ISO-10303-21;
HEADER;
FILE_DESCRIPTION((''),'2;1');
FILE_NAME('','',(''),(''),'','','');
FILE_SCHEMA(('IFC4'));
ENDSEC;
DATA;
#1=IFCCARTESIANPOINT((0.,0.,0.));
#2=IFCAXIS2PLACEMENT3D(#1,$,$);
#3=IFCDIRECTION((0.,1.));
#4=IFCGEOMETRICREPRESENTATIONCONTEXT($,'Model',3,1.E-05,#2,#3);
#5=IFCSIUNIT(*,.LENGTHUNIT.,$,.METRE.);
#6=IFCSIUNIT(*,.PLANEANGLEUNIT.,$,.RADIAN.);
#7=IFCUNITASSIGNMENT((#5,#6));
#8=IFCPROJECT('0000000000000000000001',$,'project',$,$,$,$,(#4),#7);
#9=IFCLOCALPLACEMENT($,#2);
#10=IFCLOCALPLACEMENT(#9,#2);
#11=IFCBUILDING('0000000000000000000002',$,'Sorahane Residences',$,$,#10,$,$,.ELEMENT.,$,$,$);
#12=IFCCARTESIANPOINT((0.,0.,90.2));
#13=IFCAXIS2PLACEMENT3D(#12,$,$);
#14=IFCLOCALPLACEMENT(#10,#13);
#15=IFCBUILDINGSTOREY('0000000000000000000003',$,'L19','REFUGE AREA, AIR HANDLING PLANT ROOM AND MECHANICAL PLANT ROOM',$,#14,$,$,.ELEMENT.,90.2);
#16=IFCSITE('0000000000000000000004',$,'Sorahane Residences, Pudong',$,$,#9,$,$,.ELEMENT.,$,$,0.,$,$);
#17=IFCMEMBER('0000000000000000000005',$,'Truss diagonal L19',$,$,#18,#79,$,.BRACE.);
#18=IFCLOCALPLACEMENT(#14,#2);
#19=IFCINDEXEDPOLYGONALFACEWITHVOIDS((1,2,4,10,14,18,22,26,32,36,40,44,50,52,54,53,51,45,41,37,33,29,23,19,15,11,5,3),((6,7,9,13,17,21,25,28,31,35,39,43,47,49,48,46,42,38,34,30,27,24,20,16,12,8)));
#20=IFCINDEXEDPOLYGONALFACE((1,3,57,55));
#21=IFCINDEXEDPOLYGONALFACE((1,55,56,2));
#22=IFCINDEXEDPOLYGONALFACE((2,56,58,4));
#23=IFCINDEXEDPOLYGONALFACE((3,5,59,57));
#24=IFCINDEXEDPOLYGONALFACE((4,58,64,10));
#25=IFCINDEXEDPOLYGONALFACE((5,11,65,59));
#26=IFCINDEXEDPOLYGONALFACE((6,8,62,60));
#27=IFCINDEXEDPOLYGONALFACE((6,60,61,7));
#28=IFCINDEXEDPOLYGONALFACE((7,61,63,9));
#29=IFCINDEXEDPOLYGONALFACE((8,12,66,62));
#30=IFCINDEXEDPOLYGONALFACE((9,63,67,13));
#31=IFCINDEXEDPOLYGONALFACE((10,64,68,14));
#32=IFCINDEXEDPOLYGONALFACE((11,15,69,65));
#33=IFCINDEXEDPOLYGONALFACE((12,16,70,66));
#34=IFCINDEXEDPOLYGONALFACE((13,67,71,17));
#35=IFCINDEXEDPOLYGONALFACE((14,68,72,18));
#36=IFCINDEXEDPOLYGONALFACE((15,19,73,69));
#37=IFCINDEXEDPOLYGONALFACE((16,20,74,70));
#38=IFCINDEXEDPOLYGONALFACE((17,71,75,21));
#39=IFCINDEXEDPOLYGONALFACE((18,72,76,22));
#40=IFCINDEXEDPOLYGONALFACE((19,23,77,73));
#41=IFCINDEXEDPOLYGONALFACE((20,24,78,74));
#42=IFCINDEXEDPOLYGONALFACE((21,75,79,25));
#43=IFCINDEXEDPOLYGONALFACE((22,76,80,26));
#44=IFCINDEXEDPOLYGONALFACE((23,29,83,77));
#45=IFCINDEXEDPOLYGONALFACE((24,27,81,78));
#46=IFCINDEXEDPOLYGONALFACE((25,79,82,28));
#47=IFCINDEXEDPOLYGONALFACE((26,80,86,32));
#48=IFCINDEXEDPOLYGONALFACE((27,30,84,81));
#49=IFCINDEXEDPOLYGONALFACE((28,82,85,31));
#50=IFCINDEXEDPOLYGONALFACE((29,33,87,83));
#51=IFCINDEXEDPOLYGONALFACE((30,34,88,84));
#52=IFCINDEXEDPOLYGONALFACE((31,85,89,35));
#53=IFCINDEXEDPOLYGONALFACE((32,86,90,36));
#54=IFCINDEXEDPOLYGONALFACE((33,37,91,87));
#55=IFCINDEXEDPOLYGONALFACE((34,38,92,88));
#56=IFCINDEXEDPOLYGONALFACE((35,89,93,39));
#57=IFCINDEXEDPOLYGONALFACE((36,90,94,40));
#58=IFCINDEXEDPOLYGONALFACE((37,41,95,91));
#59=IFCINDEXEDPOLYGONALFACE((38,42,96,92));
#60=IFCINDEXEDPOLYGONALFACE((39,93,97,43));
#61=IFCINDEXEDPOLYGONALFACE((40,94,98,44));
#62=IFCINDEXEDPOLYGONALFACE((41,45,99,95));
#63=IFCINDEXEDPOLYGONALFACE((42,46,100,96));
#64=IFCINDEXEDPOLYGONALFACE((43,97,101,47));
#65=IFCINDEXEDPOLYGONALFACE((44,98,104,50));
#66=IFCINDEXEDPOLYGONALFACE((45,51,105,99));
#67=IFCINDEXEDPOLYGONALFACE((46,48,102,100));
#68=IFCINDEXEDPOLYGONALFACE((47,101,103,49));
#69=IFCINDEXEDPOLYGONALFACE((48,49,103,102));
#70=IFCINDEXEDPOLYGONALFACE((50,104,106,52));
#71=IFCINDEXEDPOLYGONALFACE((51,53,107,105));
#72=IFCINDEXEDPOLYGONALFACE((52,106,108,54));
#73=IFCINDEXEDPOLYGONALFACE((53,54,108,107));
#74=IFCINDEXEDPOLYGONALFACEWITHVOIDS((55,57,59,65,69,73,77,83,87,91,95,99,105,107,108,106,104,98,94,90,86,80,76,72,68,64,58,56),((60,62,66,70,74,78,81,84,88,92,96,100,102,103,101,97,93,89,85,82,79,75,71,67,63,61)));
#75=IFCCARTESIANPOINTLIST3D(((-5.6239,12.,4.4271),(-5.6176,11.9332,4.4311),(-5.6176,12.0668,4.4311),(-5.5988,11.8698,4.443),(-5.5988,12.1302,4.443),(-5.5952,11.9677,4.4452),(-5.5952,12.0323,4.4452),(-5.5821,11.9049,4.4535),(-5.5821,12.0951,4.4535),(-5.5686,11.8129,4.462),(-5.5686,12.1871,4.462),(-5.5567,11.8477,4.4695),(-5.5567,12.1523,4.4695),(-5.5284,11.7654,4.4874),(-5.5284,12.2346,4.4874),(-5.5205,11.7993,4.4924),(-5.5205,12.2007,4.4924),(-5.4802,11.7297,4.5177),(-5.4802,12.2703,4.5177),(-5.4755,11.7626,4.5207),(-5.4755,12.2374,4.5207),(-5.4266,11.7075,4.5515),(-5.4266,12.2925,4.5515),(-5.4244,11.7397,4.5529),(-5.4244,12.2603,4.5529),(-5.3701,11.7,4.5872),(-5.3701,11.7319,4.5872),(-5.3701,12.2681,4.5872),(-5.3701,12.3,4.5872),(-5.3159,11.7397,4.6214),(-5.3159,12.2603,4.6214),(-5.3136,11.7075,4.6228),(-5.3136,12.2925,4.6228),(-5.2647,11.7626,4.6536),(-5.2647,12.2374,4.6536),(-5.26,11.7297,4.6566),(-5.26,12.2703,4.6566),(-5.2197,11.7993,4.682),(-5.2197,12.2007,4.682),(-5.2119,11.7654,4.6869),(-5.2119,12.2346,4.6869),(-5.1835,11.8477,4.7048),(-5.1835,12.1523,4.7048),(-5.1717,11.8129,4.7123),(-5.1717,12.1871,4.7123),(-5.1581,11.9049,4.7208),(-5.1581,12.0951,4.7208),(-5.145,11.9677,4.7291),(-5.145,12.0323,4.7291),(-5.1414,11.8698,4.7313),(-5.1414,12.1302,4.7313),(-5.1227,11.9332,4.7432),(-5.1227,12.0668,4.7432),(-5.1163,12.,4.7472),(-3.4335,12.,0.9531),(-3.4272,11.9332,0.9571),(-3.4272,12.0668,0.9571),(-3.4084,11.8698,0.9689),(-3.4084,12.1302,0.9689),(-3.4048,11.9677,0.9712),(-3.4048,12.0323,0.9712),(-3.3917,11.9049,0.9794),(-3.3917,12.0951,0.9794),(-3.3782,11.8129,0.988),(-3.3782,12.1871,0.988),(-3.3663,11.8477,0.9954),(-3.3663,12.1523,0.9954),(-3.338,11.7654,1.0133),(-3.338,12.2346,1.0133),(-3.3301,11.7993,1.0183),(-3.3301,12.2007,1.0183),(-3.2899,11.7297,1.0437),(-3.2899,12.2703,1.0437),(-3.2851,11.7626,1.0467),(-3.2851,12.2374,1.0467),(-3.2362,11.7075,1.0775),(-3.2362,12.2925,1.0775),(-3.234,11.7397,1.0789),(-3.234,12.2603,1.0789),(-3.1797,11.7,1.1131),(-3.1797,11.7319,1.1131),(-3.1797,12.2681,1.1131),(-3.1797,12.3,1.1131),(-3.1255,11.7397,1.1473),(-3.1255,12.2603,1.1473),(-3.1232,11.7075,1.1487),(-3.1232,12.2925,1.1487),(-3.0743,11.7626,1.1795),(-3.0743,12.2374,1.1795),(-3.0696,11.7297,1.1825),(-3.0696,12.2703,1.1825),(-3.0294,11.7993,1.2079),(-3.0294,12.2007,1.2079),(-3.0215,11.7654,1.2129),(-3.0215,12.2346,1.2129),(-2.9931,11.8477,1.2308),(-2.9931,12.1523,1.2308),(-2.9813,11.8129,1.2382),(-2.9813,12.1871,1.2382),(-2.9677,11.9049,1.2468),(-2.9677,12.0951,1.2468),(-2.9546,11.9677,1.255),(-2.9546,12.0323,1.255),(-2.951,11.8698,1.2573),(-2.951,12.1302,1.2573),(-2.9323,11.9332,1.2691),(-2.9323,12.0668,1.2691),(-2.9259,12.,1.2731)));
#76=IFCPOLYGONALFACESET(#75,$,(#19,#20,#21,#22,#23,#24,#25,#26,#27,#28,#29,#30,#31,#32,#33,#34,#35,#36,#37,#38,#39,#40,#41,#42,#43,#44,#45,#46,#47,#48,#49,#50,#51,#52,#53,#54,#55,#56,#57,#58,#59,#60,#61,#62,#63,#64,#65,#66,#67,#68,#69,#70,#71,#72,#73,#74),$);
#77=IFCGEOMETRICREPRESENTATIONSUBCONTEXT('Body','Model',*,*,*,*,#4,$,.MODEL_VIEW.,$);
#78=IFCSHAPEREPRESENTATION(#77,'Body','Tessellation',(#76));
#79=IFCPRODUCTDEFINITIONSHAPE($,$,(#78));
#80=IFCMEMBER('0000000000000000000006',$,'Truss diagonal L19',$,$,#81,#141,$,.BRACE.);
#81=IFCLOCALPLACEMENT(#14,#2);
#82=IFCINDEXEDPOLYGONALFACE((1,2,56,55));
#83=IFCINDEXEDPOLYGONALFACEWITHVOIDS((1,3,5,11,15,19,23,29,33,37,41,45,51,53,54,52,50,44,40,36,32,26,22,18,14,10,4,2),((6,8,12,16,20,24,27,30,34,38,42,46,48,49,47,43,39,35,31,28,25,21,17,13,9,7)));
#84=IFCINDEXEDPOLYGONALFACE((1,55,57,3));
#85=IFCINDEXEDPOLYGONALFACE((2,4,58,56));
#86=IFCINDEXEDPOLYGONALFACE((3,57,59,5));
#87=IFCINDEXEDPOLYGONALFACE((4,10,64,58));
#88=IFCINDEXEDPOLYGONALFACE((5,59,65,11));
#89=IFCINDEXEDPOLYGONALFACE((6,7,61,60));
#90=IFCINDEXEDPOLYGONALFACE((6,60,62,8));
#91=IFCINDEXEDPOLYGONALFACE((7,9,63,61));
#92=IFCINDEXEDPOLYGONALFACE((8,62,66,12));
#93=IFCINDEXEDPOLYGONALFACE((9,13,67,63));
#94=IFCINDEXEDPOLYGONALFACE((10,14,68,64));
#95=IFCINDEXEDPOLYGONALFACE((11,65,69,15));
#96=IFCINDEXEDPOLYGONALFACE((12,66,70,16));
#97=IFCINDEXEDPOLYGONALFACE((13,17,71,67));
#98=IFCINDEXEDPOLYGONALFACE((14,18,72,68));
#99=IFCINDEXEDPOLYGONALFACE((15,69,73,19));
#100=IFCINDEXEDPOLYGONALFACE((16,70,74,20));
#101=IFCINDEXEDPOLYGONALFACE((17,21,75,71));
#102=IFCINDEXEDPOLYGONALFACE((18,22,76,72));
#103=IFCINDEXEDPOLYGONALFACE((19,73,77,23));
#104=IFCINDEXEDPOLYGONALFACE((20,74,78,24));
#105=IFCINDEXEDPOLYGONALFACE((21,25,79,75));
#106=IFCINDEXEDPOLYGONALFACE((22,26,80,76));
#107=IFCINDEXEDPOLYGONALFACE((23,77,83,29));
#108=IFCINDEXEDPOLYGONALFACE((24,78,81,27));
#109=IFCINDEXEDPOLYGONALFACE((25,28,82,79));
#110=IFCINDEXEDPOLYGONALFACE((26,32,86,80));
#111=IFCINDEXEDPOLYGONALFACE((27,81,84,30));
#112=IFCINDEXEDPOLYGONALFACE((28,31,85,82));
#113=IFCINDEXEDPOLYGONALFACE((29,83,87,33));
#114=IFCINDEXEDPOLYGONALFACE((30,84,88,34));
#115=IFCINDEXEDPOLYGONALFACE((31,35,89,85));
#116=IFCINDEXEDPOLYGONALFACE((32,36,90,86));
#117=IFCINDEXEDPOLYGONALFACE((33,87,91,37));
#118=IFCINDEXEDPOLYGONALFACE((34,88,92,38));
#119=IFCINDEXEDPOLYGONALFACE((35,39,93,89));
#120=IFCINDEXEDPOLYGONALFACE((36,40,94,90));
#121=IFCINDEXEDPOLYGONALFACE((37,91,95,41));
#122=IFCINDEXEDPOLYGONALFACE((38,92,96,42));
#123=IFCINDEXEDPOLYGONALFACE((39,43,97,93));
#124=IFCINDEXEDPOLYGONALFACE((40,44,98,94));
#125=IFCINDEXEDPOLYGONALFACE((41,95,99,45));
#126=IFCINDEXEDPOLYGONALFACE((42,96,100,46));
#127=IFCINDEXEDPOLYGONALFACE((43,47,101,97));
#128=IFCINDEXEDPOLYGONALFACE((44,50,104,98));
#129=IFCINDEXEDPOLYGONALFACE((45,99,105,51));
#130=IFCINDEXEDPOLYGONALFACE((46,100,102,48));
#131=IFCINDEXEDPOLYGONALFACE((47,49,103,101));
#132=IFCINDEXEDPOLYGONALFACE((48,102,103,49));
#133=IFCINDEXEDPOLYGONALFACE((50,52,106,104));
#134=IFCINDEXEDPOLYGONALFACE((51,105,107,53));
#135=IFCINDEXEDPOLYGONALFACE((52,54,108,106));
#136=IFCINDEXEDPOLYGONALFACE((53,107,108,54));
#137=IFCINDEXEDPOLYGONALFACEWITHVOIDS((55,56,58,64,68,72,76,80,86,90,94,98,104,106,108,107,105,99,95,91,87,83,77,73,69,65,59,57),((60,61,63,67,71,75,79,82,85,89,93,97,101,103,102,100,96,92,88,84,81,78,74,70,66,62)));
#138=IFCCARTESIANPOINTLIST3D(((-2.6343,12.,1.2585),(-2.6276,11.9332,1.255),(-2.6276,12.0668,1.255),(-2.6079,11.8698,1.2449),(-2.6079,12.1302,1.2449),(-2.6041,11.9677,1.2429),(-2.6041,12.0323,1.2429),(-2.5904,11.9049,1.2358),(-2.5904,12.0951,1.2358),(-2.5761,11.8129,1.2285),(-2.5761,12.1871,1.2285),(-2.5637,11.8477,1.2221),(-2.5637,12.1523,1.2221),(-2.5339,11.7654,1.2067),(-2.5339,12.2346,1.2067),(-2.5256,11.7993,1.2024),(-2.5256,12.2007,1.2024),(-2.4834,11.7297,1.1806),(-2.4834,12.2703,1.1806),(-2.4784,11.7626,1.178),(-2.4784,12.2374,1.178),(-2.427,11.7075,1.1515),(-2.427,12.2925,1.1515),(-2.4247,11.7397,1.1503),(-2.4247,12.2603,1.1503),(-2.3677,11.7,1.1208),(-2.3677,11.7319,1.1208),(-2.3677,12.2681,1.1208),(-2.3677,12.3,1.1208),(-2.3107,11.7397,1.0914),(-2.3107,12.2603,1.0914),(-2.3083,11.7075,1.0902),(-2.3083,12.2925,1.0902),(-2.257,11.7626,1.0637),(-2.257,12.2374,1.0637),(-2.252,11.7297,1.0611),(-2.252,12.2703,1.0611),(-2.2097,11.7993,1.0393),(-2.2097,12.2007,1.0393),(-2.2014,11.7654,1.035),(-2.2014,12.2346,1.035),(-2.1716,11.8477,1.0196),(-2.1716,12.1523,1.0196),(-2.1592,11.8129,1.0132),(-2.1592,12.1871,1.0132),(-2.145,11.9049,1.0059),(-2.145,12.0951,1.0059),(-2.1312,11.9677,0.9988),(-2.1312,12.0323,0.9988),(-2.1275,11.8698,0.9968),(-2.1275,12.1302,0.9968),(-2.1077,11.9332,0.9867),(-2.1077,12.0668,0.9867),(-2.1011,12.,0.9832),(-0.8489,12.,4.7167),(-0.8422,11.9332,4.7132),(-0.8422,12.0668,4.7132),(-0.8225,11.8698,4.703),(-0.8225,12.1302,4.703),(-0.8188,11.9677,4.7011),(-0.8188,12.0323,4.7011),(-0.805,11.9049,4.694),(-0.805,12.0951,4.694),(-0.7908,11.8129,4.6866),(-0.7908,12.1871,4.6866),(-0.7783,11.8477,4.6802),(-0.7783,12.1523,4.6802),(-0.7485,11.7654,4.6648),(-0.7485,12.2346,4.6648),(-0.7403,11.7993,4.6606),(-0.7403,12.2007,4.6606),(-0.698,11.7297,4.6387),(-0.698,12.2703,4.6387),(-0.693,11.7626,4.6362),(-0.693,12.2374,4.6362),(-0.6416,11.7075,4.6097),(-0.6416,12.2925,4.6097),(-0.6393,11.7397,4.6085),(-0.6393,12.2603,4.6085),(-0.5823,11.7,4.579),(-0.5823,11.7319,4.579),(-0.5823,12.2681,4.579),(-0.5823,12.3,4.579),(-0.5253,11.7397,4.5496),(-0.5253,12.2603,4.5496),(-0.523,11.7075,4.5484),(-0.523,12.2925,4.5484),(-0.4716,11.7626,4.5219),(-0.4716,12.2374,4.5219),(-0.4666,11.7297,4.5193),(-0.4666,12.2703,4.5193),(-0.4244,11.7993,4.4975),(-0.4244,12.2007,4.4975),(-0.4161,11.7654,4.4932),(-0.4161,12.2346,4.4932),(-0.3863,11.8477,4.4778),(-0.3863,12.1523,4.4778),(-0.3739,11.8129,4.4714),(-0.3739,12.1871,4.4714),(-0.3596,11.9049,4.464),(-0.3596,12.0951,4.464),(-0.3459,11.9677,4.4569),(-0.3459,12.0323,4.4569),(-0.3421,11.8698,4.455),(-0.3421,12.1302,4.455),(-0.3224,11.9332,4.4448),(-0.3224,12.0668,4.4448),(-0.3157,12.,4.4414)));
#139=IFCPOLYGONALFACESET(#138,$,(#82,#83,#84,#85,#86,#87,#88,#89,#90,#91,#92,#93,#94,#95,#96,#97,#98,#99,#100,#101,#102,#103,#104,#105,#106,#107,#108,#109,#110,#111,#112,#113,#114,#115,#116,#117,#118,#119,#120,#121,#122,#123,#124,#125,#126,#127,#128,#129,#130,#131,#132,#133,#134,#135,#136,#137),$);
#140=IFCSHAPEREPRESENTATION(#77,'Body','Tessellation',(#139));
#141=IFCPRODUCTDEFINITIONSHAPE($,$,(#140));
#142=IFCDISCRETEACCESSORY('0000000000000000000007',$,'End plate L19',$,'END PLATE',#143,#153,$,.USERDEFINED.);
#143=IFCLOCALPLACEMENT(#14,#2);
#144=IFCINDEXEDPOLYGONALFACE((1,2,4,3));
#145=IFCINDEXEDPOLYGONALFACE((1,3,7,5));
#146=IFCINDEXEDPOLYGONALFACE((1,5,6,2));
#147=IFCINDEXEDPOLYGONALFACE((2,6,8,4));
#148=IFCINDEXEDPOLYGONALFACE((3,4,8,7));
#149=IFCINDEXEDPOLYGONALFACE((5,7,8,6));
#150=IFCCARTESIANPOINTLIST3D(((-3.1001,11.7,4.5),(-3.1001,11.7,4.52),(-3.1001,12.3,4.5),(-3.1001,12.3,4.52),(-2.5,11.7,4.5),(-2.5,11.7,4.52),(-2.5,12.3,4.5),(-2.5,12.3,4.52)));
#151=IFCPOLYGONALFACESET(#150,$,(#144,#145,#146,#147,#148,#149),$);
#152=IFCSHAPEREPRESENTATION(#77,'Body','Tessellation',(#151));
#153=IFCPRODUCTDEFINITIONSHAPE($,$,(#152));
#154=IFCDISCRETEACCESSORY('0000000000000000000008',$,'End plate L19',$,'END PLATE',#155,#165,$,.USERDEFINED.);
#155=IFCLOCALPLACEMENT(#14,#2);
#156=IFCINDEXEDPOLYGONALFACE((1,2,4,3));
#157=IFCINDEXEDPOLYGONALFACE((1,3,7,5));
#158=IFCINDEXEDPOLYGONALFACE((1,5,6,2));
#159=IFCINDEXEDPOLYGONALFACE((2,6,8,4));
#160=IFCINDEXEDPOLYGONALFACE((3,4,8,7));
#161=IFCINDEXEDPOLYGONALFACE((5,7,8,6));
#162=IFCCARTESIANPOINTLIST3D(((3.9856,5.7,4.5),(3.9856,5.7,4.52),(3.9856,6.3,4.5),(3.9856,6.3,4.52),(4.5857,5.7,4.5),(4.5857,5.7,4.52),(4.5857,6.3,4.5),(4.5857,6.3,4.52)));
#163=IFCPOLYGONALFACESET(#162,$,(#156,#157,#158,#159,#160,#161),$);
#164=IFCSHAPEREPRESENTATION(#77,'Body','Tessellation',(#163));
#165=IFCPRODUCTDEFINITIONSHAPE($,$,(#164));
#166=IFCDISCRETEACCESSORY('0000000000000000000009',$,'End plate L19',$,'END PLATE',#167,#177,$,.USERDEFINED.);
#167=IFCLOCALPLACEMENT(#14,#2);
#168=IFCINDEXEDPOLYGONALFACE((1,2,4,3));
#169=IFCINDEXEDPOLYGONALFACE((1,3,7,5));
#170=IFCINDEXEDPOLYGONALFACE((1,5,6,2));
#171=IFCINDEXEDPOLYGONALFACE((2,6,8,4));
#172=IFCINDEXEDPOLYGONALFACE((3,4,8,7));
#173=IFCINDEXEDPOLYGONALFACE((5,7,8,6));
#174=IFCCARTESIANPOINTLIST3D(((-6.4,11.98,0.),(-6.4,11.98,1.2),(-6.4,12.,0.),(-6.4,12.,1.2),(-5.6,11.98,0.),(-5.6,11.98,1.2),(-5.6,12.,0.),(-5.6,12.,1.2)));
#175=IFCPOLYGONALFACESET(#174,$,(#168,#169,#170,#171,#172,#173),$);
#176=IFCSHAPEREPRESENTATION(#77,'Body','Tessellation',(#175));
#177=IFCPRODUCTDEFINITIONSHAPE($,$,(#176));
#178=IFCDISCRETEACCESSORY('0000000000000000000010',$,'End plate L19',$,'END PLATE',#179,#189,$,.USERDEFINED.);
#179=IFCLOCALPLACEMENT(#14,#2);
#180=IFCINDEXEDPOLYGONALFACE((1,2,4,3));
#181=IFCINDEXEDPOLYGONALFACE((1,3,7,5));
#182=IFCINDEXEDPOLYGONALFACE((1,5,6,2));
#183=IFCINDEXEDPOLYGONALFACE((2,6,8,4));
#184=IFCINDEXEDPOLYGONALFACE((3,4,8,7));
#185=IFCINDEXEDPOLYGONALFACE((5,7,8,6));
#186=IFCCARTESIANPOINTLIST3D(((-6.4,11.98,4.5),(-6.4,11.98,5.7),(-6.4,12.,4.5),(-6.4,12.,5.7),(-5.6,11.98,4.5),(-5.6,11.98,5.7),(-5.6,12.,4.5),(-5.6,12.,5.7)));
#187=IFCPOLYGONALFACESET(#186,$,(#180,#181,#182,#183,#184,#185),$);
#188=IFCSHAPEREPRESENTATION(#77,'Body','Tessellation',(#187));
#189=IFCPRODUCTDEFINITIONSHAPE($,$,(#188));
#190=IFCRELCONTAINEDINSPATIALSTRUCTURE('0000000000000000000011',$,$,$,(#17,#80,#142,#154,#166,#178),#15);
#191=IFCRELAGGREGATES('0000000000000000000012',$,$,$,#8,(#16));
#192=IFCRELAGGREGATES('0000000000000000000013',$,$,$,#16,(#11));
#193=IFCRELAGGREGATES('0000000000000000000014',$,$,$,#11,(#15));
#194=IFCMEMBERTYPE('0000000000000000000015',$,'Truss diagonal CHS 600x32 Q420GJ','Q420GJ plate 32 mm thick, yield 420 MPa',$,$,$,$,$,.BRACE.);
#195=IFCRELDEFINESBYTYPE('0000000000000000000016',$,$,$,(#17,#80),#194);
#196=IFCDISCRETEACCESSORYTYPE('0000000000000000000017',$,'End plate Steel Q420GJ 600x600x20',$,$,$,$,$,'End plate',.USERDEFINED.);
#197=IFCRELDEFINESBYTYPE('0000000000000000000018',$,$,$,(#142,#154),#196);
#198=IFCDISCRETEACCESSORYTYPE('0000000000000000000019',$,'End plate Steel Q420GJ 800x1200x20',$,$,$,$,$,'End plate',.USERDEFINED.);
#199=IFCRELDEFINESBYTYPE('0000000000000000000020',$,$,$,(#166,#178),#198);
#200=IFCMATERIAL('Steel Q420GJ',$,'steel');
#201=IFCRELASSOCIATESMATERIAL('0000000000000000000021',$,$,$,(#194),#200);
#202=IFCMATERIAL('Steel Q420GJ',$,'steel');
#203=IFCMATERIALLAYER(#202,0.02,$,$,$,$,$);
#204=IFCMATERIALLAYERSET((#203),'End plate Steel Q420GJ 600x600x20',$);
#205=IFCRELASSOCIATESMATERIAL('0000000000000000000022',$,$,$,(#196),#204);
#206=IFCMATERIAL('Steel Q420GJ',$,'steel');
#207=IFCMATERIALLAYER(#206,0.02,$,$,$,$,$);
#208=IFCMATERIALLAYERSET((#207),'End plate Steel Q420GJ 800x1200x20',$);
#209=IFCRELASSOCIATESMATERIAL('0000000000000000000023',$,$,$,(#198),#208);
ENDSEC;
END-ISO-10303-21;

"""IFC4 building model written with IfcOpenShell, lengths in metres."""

from ifc_helpers import new_model, si_unit, direction, frame, origin, origin_2d, place, context, subcontext, project, spatial, rectangle, hollow_circle, extrude, material, layer, layer_set, material_profile, profile_set, type_object, element, save


model = new_model("IFC4")

# Units and contexts
model_context = context("Model", 3, precision=1e-05, world=origin(), true_north=direction((0.0, 1.0)))
body_context = subcontext(model_context, "Body", "Model", "MODEL_VIEW")
ifc_project = project(units=[si_unit("LENGTHUNIT", "METRE"), si_unit("PLANEANGLEUNIT", "RADIAN")], contexts=[model_context])

# Site, building, storey
site_placement = place(None, origin())
site = spatial("IfcSite", under=ifc_project, at=site_placement, Name="Sorahane Residences, Pudong", CompositionType="ELEMENT", RefElevation=0.0)
building_placement = place(site_placement, origin())
building = spatial("IfcBuilding", under=site, at=building_placement, Name="Sorahane Residences", CompositionType="ELEMENT")
storey_placement = place(building_placement, frame((0.0, 0.0, 90.2)))
storey = spatial("IfcBuildingStorey", under=building, at=storey_placement, Name="L19", Description="REFUGE AREA, AIR HANDLING PLANT ROOM AND MECHANICAL PLANT ROOM", CompositionType="ELEMENT", Elevation=90.2)

# Members
ifc_material_1 = material(Name="Steel Q420GJ", Category="steel")
ifc_material_profile_1 = material_profile(ifc_material_1, hollow_circle(Radius=0.3, WallThickness=0.032, at=origin_2d()), Name="CHS 600x32")
ifc_profile_set_1 = profile_set([ifc_material_profile_1], Name="Steel Q420GJ")
member_type = type_object("IfcMemberType", Name="Truss diagonal CHS 600x32 Q420GJ", Description="Q420GJ plate 32 mm thick, yield 420 MPa", PredefinedType="BRACE", material=ifc_profile_set_1)
member_1_placement = place(storey_placement, frame((-5.3701, 12.0, 4.5872), z_axis=(0.53334, 0.0, -0.845901), x_axis=(0.0, 1.0, 0.0)))
element("IfcMember", 1, at=member_1_placement, inside=storey, type_object=member_type, Name="Truss diagonal L19", PredefinedType="BRACE", context=body_context, shape_type="SweptSolid", body=[
    extrude(hollow_circle(Radius=0.3, WallThickness=0.032, at=origin_2d()), origin(), (0.0, 0.0, 1.0), 4.1069),
])
member_2_placement = place(storey_placement, frame((-2.3677, 12.0, 1.1208), z_axis=(0.458744, 0.0, 0.888569), x_axis=(0.0, 1.0, 0.0)))
element("IfcMember", 2, at=member_2_placement, inside=storey, type_object=member_type, Name="Truss diagonal L19", PredefinedType="BRACE", context=body_context, shape_type="SweptSolid", body=[
    extrude(hollow_circle(Radius=0.3, WallThickness=0.032, at=origin_2d()), origin(), (0.0, 0.0, 1.0), 3.8918),
])

# Discrete accessories
ifc_material_2 = material(Name="Steel Q420GJ", Category="steel")
ifc_layer_1 = layer(ifc_material_2, 0.02)
ifc_layer_set_1 = layer_set([ifc_layer_1], Name="End plate Steel Q420GJ 600x600x20")
discrete_accessory_type_1 = type_object("IfcDiscreteAccessoryType", Name="End plate Steel Q420GJ 600x600x20", ElementType="End plate", PredefinedType="USERDEFINED", material=ifc_layer_set_1)
for number, where, z_axis, x_axis, name in (
    (3, (-2.8, 12.0, 4.5), (0.0, 0.0, 1.0), (1.0, 0.0, 0.0), "End plate L19"),
    (4, (4.2856, 6.0, 4.5), (0.0, 0.0, 1.0), (1.0, 0.0, 0.0), "End plate L19"),
):
    element("IfcDiscreteAccessory", number, at=place(storey_placement, frame(where, z_axis=z_axis, x_axis=x_axis)), inside=storey, type_object=discrete_accessory_type_1, Name=name, ObjectType="END PLATE", PredefinedType="USERDEFINED", context=body_context, shape_type="SweptSolid", body=[
        extrude(rectangle(XDim=0.6001, YDim=0.6001, at=origin_2d()), origin(), (0.0, 0.0, 1.0), 0.02),
    ])
ifc_material_3 = material(Name="Steel Q420GJ", Category="steel")
ifc_layer_2 = layer(ifc_material_3, 0.02)
ifc_layer_set_2 = layer_set([ifc_layer_2], Name="End plate Steel Q420GJ 800x1200x20")
discrete_accessory_type_2 = type_object("IfcDiscreteAccessoryType", Name="End plate Steel Q420GJ 800x1200x20", ElementType="End plate", PredefinedType="USERDEFINED", material=ifc_layer_set_2)
for number, where, z_axis, x_axis, name in (
    (5, (-6.0, 11.99, 0.0), (0.0, 0.0, 1.0), (0.0, 1.0, 0.0), "End plate L19"),
    (6, (-6.0, 11.99, 4.5), (0.0, 0.0, 1.0), (0.0, 1.0, 0.0), "End plate L19"),
):
    element("IfcDiscreteAccessory", number, at=place(storey_placement, frame(where, z_axis=z_axis, x_axis=x_axis)), inside=storey, type_object=discrete_accessory_type_2, Name=name, ObjectType="END PLATE", PredefinedType="USERDEFINED", context=body_context, shape_type="SweptSolid", body=[
        extrude(rectangle(XDim=0.02, YDim=0.8, at=origin_2d()), origin(), (0.0, 0.0, 1.0), 1.2),
    ])

save(model, "model.ifc")
